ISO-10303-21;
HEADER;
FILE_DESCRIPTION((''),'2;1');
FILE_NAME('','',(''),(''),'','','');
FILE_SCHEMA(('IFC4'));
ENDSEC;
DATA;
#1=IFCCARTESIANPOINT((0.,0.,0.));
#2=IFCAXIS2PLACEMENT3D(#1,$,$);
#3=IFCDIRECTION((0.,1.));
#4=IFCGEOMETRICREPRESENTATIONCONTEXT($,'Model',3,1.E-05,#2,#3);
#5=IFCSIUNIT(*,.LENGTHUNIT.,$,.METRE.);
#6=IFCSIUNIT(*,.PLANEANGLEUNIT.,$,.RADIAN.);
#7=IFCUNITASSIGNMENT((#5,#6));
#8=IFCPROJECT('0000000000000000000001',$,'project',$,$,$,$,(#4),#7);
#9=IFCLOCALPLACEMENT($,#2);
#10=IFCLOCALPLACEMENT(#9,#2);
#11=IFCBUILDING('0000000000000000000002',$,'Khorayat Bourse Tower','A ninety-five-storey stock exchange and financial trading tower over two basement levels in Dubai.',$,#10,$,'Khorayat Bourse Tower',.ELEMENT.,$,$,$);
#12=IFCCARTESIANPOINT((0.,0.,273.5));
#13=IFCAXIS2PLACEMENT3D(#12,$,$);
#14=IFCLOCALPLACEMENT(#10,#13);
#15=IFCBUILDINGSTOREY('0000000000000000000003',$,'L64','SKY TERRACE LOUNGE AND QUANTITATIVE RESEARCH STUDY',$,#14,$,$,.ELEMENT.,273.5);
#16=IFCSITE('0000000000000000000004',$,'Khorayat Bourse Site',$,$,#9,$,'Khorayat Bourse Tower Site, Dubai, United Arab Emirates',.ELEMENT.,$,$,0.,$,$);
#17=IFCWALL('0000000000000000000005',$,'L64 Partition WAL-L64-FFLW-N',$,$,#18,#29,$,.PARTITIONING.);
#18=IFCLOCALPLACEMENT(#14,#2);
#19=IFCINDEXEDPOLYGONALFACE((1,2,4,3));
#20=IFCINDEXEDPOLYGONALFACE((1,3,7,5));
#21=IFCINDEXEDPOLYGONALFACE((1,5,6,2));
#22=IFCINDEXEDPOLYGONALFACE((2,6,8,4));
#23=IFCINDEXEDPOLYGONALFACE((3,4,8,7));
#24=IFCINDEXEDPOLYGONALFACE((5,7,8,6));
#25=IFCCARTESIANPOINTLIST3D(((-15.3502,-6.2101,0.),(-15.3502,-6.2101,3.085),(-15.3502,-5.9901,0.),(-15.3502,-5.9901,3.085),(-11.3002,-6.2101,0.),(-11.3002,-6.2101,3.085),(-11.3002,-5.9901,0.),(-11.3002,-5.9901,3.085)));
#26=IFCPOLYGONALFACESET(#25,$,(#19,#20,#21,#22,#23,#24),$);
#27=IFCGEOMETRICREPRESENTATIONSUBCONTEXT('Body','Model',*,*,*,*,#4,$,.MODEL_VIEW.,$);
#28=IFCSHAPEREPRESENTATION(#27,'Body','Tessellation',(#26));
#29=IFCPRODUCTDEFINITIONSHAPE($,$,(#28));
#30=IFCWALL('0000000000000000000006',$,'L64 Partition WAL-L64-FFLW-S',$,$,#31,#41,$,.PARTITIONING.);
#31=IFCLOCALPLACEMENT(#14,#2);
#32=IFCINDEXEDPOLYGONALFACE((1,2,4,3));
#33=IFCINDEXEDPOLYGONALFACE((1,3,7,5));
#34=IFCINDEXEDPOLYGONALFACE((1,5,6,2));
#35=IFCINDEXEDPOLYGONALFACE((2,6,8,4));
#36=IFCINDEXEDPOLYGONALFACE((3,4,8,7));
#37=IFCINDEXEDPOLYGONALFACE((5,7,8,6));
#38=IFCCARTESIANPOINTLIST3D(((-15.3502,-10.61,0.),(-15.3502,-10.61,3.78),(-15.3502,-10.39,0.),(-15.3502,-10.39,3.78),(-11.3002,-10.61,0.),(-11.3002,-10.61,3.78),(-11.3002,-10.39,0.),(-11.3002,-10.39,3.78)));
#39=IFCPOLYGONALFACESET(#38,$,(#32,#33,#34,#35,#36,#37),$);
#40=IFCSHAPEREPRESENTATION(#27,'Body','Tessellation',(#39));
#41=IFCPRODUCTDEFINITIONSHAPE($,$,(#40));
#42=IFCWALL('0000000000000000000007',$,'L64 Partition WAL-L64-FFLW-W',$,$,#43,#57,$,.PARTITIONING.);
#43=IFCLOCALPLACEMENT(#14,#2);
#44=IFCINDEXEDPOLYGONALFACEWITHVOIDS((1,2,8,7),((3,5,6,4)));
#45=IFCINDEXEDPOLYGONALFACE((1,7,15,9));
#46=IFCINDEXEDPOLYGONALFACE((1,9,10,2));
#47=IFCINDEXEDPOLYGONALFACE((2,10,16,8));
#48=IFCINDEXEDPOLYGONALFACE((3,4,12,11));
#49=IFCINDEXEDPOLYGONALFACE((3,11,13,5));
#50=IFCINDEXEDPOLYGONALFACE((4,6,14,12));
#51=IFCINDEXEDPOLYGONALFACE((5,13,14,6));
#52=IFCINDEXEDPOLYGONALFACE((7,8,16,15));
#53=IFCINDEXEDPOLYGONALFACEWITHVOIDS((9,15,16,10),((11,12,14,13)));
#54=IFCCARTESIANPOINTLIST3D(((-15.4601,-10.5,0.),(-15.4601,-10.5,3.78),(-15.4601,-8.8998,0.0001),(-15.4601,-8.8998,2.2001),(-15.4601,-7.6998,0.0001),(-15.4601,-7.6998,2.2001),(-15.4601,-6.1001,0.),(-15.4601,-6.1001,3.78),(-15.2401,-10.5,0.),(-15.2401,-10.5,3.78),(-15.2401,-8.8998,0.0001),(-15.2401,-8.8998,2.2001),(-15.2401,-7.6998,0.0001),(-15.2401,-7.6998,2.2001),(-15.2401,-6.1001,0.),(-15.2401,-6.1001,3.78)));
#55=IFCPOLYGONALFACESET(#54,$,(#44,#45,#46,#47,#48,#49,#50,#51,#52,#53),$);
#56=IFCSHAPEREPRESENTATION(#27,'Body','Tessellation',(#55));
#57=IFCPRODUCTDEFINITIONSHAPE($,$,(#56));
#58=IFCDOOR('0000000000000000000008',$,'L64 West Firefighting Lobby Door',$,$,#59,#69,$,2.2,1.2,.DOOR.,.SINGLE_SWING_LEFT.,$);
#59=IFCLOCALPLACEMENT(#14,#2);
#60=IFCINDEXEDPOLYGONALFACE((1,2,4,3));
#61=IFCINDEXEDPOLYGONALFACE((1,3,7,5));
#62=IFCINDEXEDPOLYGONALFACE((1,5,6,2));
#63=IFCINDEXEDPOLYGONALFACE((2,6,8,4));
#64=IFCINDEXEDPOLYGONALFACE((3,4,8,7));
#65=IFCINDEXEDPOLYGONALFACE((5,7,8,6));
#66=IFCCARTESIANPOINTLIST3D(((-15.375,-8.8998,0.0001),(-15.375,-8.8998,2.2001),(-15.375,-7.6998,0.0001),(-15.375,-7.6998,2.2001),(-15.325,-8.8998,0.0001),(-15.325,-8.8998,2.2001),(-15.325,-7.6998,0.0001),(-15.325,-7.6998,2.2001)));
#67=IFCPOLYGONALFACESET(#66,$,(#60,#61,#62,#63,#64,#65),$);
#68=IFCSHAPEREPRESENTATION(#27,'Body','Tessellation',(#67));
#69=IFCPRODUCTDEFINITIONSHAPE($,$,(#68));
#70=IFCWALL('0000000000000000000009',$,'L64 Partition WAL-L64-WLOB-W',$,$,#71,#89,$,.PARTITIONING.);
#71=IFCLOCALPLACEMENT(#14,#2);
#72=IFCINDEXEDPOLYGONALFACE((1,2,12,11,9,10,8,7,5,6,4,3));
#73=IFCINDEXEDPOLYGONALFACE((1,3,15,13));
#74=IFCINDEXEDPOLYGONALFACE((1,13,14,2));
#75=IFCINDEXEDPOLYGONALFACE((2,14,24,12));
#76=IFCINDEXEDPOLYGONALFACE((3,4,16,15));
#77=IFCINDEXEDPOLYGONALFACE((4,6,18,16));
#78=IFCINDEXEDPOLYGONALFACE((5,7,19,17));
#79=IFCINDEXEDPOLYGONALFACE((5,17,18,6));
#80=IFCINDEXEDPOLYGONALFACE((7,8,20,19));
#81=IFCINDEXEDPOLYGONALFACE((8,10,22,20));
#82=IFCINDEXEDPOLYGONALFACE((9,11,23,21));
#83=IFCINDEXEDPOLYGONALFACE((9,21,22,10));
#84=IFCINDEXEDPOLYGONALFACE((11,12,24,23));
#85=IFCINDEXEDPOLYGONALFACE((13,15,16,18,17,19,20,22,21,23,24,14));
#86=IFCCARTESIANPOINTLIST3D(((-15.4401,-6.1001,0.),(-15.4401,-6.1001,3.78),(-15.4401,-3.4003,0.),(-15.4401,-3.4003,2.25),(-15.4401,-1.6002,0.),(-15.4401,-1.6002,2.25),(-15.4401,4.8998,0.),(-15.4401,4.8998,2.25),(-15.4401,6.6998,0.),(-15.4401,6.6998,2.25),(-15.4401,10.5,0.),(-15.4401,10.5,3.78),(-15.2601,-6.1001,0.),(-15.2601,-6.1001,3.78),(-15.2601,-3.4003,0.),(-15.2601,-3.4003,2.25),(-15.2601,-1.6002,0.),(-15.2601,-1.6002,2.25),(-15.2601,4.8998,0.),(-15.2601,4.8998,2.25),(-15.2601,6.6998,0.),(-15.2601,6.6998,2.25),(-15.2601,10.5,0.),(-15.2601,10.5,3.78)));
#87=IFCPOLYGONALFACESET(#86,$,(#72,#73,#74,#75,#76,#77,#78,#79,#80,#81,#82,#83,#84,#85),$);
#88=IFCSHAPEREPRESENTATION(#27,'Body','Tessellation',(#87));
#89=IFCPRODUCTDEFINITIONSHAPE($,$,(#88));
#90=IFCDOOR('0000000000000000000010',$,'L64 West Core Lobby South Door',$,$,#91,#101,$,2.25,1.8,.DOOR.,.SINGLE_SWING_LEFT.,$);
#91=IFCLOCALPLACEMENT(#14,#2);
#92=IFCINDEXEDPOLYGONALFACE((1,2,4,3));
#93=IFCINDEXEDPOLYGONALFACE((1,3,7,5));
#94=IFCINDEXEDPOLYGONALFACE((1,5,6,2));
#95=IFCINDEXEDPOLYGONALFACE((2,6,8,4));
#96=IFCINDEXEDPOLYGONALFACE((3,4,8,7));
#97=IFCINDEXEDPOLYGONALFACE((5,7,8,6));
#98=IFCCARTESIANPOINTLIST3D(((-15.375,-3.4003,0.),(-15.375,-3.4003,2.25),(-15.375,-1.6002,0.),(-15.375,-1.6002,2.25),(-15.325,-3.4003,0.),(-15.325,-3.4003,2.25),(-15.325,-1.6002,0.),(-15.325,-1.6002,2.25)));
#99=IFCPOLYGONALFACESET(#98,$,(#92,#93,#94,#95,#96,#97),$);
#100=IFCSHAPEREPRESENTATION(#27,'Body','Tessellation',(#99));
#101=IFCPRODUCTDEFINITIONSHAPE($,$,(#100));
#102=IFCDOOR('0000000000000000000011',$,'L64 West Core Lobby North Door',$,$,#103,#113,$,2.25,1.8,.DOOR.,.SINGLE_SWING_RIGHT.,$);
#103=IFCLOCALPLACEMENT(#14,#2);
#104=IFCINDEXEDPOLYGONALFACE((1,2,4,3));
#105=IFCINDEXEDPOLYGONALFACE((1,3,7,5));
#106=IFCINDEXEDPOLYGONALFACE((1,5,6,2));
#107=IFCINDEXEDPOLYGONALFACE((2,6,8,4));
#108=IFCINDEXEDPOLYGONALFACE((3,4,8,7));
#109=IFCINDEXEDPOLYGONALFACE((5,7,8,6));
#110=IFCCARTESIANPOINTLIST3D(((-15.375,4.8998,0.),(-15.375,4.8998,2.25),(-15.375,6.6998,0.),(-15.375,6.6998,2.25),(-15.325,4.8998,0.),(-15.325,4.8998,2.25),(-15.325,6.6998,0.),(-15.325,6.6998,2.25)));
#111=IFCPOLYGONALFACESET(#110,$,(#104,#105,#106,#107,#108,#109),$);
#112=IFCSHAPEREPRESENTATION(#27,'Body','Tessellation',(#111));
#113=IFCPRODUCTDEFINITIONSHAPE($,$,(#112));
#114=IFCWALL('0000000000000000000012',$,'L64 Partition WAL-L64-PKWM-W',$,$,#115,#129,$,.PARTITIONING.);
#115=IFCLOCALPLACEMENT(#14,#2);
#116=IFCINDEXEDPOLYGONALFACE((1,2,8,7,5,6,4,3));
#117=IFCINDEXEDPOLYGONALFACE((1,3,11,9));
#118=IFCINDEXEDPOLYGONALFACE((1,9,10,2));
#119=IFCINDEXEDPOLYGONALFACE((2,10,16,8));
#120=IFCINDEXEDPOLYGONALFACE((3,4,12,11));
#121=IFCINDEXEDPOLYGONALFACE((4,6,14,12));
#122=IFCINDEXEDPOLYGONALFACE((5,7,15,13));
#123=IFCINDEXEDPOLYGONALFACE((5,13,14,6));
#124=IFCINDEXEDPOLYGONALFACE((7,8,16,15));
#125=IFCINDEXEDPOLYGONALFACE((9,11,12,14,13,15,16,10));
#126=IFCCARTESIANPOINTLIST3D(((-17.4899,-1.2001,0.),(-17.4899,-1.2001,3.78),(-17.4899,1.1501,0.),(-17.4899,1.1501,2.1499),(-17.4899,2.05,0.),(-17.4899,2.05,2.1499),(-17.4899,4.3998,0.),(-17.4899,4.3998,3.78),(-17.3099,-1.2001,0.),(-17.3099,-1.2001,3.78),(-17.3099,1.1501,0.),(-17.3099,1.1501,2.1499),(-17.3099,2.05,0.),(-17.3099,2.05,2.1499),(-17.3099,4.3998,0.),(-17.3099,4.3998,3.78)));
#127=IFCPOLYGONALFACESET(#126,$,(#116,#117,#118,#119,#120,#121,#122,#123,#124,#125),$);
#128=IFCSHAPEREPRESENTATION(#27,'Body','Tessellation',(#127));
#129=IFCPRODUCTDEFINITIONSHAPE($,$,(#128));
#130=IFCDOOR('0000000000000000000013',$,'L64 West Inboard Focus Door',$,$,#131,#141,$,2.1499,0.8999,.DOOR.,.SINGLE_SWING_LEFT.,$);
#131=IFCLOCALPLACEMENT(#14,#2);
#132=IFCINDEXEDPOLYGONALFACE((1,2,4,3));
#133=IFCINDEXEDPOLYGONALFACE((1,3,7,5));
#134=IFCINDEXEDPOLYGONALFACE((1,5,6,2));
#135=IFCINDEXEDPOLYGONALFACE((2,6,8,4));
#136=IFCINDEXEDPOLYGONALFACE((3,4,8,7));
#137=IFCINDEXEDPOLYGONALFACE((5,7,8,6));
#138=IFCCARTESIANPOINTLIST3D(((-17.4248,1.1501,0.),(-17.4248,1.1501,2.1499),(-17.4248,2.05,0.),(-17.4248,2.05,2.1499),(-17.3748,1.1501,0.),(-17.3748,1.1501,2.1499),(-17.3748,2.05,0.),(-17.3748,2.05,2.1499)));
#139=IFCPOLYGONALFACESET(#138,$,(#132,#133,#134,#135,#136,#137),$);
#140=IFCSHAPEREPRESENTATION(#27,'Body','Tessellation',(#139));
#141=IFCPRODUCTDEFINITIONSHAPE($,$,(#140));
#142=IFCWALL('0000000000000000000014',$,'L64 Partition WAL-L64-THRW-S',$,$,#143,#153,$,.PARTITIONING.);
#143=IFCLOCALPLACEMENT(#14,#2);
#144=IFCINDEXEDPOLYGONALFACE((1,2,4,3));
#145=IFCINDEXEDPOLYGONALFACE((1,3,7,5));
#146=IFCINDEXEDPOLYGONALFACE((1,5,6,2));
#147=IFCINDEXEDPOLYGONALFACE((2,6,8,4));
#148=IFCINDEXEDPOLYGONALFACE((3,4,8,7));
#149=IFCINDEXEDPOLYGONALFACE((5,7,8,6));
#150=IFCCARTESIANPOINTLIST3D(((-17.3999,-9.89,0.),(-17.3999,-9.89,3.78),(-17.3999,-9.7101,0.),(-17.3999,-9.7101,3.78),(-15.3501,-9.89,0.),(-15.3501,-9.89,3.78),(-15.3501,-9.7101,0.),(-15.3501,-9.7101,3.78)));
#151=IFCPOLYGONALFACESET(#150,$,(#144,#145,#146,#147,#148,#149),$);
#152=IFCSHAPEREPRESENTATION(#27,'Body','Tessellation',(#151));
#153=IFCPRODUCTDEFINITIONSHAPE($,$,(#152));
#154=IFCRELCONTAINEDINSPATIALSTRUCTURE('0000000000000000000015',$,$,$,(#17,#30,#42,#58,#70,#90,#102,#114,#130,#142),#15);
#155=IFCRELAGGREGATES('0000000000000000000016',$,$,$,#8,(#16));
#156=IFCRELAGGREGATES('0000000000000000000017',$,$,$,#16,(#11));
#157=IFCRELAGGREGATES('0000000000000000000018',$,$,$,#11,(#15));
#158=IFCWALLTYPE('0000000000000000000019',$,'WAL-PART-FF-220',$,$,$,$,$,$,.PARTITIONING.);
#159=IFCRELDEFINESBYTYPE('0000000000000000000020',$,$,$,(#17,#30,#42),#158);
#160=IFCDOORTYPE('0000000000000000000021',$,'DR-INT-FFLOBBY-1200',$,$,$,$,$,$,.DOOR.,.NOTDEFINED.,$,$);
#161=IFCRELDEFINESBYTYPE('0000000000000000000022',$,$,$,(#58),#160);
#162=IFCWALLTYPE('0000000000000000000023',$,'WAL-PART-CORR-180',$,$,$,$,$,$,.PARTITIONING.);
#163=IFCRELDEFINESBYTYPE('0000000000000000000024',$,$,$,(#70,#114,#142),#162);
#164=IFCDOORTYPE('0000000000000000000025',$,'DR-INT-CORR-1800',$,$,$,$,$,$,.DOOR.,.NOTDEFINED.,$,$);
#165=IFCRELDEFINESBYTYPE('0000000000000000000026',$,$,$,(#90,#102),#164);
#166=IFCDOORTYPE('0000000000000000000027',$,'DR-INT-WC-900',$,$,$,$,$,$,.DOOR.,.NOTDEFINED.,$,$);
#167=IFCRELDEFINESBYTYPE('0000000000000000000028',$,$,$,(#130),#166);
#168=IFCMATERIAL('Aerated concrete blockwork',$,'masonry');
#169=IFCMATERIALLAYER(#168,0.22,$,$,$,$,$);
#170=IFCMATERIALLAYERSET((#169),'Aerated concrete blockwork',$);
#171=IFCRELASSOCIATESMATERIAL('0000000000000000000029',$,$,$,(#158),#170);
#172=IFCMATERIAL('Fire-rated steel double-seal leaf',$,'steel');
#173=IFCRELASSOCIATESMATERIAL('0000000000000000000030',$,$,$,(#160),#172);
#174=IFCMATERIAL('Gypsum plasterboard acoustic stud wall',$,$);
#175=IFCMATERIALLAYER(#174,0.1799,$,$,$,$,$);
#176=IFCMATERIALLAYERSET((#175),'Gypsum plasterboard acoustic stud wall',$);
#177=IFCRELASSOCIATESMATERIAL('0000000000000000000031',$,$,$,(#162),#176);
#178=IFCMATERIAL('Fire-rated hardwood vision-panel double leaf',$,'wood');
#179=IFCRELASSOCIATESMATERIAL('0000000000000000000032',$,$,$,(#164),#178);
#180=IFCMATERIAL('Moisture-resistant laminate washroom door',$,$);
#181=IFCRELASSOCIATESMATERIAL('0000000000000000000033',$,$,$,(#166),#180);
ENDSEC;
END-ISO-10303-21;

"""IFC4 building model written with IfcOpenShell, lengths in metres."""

from ifc_helpers import new_model, si_unit, direction, frame, frame_2d, origin, place, context, subcontext, project, spatial, rectangle, extrude, source, transform, mapped, material, layer, layer_set, type_object, element, fill, save


model = new_model("IFC4")

# Units and contexts
model_context = context("Model", 3, precision=1e-05, world=origin(), true_north=direction((0.0, 1.0)))
body_context = subcontext(model_context, "Body", "Model", "MODEL_VIEW")
ifc_project = project(units=[si_unit("LENGTHUNIT", "METRE"), si_unit("PLANEANGLEUNIT", "RADIAN")], contexts=[model_context])

# Site, building, storey
site_placement = place(None, origin())
site = spatial("IfcSite", under=ifc_project, at=site_placement, Name="Khorayat Bourse Site", LongName="Khorayat Bourse Tower Site, Dubai, United Arab Emirates", CompositionType="ELEMENT", RefElevation=0.0)
building_placement = place(site_placement, origin())
building = spatial("IfcBuilding", under=site, at=building_placement, Name="Khorayat Bourse Tower", Description="A ninety-five-storey stock exchange and financial trading tower over two basement levels in Dubai.", LongName="Khorayat Bourse Tower", CompositionType="ELEMENT")
storey_placement = place(building_placement, frame((0.0, 0.0, 273.5)))
storey = spatial("IfcBuildingStorey", under=building, at=storey_placement, Name="L64", Description="SKY TERRACE LOUNGE AND QUANTITATIVE RESEARCH STUDY", CompositionType="ELEMENT", Elevation=273.5)

# Walls
ifc_material_1 = material(Name="Aerated concrete blockwork", Category="masonry")
ifc_layer_1 = layer(ifc_material_1, 0.22)
ifc_layer_set_1 = layer_set([ifc_layer_1], Name="Aerated concrete blockwork")
wall_type_1 = type_object("IfcWallType", Name="WAL-PART-FF-220", PredefinedType="PARTITIONING", material=ifc_layer_set_1)
shared_shape_1 = source(origin(), body_context, "Body", "SweptSolid", [
    extrude(rectangle(XDim=4.05, YDim=0.22, at=frame_2d((2.0249, 0.0))), origin(), (0.0, 0.0, 1.0), 3.085),
])
wall_1_placement = place(storey_placement, frame((-15.3501, -6.1001, 0.0), z_axis=(0.0, 0.0, 1.0), x_axis=(1.0, 0.0, 0.0)))
element("IfcWall", 1, at=wall_1_placement, inside=storey, type_object=wall_type_1, Name="L64 Partition WAL-L64-FFLW-N", PredefinedType="PARTITIONING", context=body_context, shape_type="MappedRepresentation", body=[
    mapped(shared_shape_1, transform((0.0, 0.0, 0.0), scale=1.0)),
])
shared_shape_2 = source(origin(), body_context, "Body", "SweptSolid", [
    extrude(rectangle(XDim=4.05, YDim=0.22, at=frame_2d((2.0249, 0.0))), origin(), (0.0, 0.0, 1.0), 3.78),
])
wall_2_placement = place(storey_placement, frame((-15.3501, -10.5, 0.0), z_axis=(0.0, 0.0, 1.0), x_axis=(1.0, 0.0, 0.0)))
element("IfcWall", 2, at=wall_2_placement, inside=storey, type_object=wall_type_1, Name="L64 Partition WAL-L64-FFLW-S", PredefinedType="PARTITIONING", context=body_context, shape_type="MappedRepresentation", body=[
    mapped(shared_shape_2, transform((0.0, 0.0, 0.0), scale=1.0)),
])

# Wall, opening, door
shared_shape_3 = source(origin(), body_context, "Body", "SweptSolid", [
    extrude(rectangle(XDim=4.3999, YDim=0.22, at=frame_2d((2.2, 0.0))), origin(), (0.0, 0.0, 1.0), 3.78),
])
wall_3_placement = place(storey_placement, frame((-15.3501, -10.5, 0.0), z_axis=(0.0, 0.0, 1.0), x_axis=(0.0, 1.0, 0.0)))
wall_3 = element("IfcWall", 3, at=wall_3_placement, inside=storey, type_object=wall_type_1, Name="L64 Partition WAL-L64-FFLW-W", PredefinedType="PARTITIONING", context=body_context, shape_type="MappedRepresentation", body=[
    mapped(shared_shape_3, transform((0.0, 0.0, 0.0), scale=1.0)),
])
shared_shape_4 = source(origin(), body_context, "Body", "SweptSolid", [
    extrude(rectangle(XDim=1.2, YDim=2.2, at=frame_2d((0.6001, 1.1001))), frame((0.0, 0.1199, 0.0), z_axis=(0.0, -1.0, 0.0), x_axis=(1.0, 0.0, 0.0)), (0.0, 0.0, 1.0), 0.24),
])
opening_1_placement = place(wall_3_placement, frame((1.6001, 0.0, 0.0)))
opening_1 = element("IfcOpeningElement", 4, at=opening_1_placement, cuts=wall_3, PredefinedType="OPENING", context=body_context, shape_type="MappedRepresentation", body=[
    mapped(shared_shape_4, transform((0.0, 0.0, 0.0), scale=1.0)),
])
ifc_material_2 = material(Name="Fire-rated steel double-seal leaf", Category="steel")
door_type_1 = type_object("IfcDoorType", Name="DR-INT-FFLOBBY-1200", OperationType="NOTDEFINED", PredefinedType="DOOR", material=ifc_material_2)
shared_shape_5 = source(origin(), body_context, "Body", "SweptSolid", [
    extrude(rectangle(XDim=1.2, YDim=2.2, at=frame_2d((0.6001, 1.1001))), frame((0.0, 0.0249, 0.0), z_axis=(0.0, -1.0, 0.0), x_axis=(1.0, 0.0, 0.0)), (0.0, 0.0, 1.0), 0.05),
])
door_1_placement = place(opening_1_placement, origin())
door_1 = element("IfcDoor", 5, at=door_1_placement, inside=storey, type_object=door_type_1, Name="L64 West Firefighting Lobby Door", OperationType="SINGLE_SWING_LEFT", OverallHeight=2.2, OverallWidth=1.2, PredefinedType="DOOR", context=body_context, shape_type="MappedRepresentation", body=[
    mapped(shared_shape_5, transform((0.0, 0.0, 0.0), scale=1.0)),
])
fill(opening_1, door_1)

# Wall, openings, doors
ifc_material_3 = material(Name="Gypsum plasterboard acoustic stud wall")
ifc_layer_2 = layer(ifc_material_3, 0.1799)
ifc_layer_set_2 = layer_set([ifc_layer_2], Name="Gypsum plasterboard acoustic stud wall")
wall_type_2 = type_object("IfcWallType", Name="WAL-PART-CORR-180", PredefinedType="PARTITIONING", material=ifc_layer_set_2)
shared_shape_6 = source(origin(), body_context, "Body", "SweptSolid", [
    extrude(rectangle(XDim=16.6001, YDim=0.1799, at=frame_2d((8.3, 0.0))), origin(), (0.0, 0.0, 1.0), 3.78),
])
wall_4_placement = place(storey_placement, frame((-15.3501, -6.1001, 0.0), z_axis=(0.0, 0.0, 1.0), x_axis=(0.0, 1.0, 0.0)))
wall_4 = element("IfcWall", 6, at=wall_4_placement, inside=storey, type_object=wall_type_2, Name="L64 Partition WAL-L64-WLOB-W", PredefinedType="PARTITIONING", context=body_context, shape_type="MappedRepresentation", body=[
    mapped(shared_shape_6, transform((0.0, 0.0, 0.0), scale=1.0)),
])
shared_shape_7 = source(origin(), body_context, "Body", "SweptSolid", [
    extrude(rectangle(XDim=1.8, YDim=2.25, at=frame_2d((0.8999, 1.125))), frame((0.0, 0.0999, 0.0), z_axis=(0.0, -1.0, 0.0), x_axis=(1.0, 0.0, 0.0)), (0.0, 0.0, 1.0), 0.2),
])
opening_2_placement = place(wall_4_placement, frame((2.7, 0.0, 0.0)))
opening_2 = element("IfcOpeningElement", 7, at=opening_2_placement, cuts=wall_4, PredefinedType="OPENING", context=body_context, shape_type="MappedRepresentation", body=[
    mapped(shared_shape_7, transform((0.0, 0.0, 0.0), scale=1.0)),
])
opening_3_placement = place(wall_4_placement, frame((11.0, 0.0, 0.0)))
opening_3 = element("IfcOpeningElement", 8, at=opening_3_placement, cuts=wall_4, PredefinedType="OPENING", context=body_context, shape_type="MappedRepresentation", body=[
    mapped(shared_shape_7, transform((0.0, 0.0, 0.0), scale=1.0)),
])
ifc_material_4 = material(Name="Fire-rated hardwood vision-panel double leaf", Category="wood")
door_type_2 = type_object("IfcDoorType", Name="DR-INT-CORR-1800", OperationType="NOTDEFINED", PredefinedType="DOOR", material=ifc_material_4)
shared_shape_8 = source(origin(), body_context, "Body", "SweptSolid", [
    extrude(rectangle(XDim=1.8, YDim=2.25, at=frame_2d((0.8999, 1.125))), frame((0.0, 0.0249, 0.0), z_axis=(0.0, -1.0, 0.0), x_axis=(1.0, 0.0, 0.0)), (0.0, 0.0, 1.0), 0.05),
])
door_2_placement = place(opening_2_placement, origin())
door_2 = element("IfcDoor", 9, at=door_2_placement, inside=storey, type_object=door_type_2, Name="L64 West Core Lobby South Door", OperationType="SINGLE_SWING_LEFT", OverallHeight=2.25, OverallWidth=1.8, PredefinedType="DOOR", context=body_context, shape_type="MappedRepresentation", body=[
    mapped(shared_shape_8, transform((0.0, 0.0, 0.0), scale=1.0)),
])
fill(opening_2, door_2)
door_3_placement = place(opening_3_placement, origin())
door_3 = element("IfcDoor", 10, at=door_3_placement, inside=storey, type_object=door_type_2, Name="L64 West Core Lobby North Door", OperationType="SINGLE_SWING_RIGHT", OverallHeight=2.25, OverallWidth=1.8, PredefinedType="DOOR", context=body_context, shape_type="MappedRepresentation", body=[
    mapped(shared_shape_8, transform((0.0, 0.0, 0.0), scale=1.0)),
])
fill(opening_3, door_3)

# Wall, opening, door
shared_shape_9 = source(origin(), body_context, "Body", "SweptSolid", [
    extrude(rectangle(XDim=5.5999, YDim=0.1799, at=frame_2d((2.7998, 0.0))), origin(), (0.0, 0.0, 1.0), 3.78),
])
wall_5_placement = place(storey_placement, frame((-17.3999, -1.2, 0.0), z_axis=(0.0, 0.0, 1.0), x_axis=(0.0, 1.0, 0.0)))
wall_5 = element("IfcWall", 11, at=wall_5_placement, inside=storey, type_object=wall_type_2, Name="L64 Partition WAL-L64-PKWM-W", PredefinedType="PARTITIONING", context=body_context, shape_type="MappedRepresentation", body=[
    mapped(shared_shape_9, transform((0.0, 0.0, 0.0), scale=1.0)),
])
shared_shape_10 = source(origin(), body_context, "Body", "SweptSolid", [
    extrude(rectangle(XDim=0.8999, YDim=2.1499, at=frame_2d((0.45, 1.075))), frame((0.0, 0.0999, 0.0), z_axis=(0.0, -1.0, 0.0), x_axis=(1.0, 0.0, 0.0)), (0.0, 0.0, 1.0), 0.2),
])
opening_4_placement = place(wall_5_placement, frame((2.3501, 0.0, 0.0)))
opening_4 = element("IfcOpeningElement", 12, at=opening_4_placement, cuts=wall_5, PredefinedType="OPENING", context=body_context, shape_type="MappedRepresentation", body=[
    mapped(shared_shape_10, transform((0.0, 0.0, 0.0), scale=1.0)),
])
ifc_material_5 = material(Name="Moisture-resistant laminate washroom door")
door_type_3 = type_object("IfcDoorType", Name="DR-INT-WC-900", OperationType="NOTDEFINED", PredefinedType="DOOR", material=ifc_material_5)
shared_shape_11 = source(origin(), body_context, "Body", "SweptSolid", [
    extrude(rectangle(XDim=0.8999, YDim=2.1499, at=frame_2d((0.45, 1.075))), frame((0.0, 0.0249, 0.0), z_axis=(0.0, -1.0, 0.0), x_axis=(1.0, 0.0, 0.0)), (0.0, 0.0, 1.0), 0.05),
])
door_4_placement = place(opening_4_placement, origin())
door_4 = element("IfcDoor", 13, at=door_4_placement, inside=storey, type_object=door_type_3, Name="L64 West Inboard Focus Door", OperationType="SINGLE_SWING_LEFT", OverallHeight=2.1499, OverallWidth=0.8999, PredefinedType="DOOR", context=body_context, shape_type="MappedRepresentation", body=[
    mapped(shared_shape_11, transform((0.0, 0.0, 0.0), scale=1.0)),
])
fill(opening_4, door_4)

# Wall
shared_shape_12 = source(origin(), body_context, "Body", "SweptSolid", [
    extrude(rectangle(XDim=2.0498, YDim=0.1799, at=frame_2d((1.0249, 0.0))), origin(), (0.0, 0.0, 1.0), 3.78),
])
wall_6_placement = place(storey_placement, frame((-17.3999, -9.8, 0.0), z_axis=(0.0, 0.0, 1.0), x_axis=(1.0, 0.0, 0.0)))
element("IfcWall", 14, at=wall_6_placement, inside=storey, type_object=wall_type_2, Name="L64 Partition WAL-L64-THRW-S", PredefinedType="PARTITIONING", context=body_context, shape_type="MappedRepresentation", body=[
    mapped(shared_shape_12, transform((0.0, 0.0, 0.0), scale=1.0)),
])

save(model, "model.ifc")
